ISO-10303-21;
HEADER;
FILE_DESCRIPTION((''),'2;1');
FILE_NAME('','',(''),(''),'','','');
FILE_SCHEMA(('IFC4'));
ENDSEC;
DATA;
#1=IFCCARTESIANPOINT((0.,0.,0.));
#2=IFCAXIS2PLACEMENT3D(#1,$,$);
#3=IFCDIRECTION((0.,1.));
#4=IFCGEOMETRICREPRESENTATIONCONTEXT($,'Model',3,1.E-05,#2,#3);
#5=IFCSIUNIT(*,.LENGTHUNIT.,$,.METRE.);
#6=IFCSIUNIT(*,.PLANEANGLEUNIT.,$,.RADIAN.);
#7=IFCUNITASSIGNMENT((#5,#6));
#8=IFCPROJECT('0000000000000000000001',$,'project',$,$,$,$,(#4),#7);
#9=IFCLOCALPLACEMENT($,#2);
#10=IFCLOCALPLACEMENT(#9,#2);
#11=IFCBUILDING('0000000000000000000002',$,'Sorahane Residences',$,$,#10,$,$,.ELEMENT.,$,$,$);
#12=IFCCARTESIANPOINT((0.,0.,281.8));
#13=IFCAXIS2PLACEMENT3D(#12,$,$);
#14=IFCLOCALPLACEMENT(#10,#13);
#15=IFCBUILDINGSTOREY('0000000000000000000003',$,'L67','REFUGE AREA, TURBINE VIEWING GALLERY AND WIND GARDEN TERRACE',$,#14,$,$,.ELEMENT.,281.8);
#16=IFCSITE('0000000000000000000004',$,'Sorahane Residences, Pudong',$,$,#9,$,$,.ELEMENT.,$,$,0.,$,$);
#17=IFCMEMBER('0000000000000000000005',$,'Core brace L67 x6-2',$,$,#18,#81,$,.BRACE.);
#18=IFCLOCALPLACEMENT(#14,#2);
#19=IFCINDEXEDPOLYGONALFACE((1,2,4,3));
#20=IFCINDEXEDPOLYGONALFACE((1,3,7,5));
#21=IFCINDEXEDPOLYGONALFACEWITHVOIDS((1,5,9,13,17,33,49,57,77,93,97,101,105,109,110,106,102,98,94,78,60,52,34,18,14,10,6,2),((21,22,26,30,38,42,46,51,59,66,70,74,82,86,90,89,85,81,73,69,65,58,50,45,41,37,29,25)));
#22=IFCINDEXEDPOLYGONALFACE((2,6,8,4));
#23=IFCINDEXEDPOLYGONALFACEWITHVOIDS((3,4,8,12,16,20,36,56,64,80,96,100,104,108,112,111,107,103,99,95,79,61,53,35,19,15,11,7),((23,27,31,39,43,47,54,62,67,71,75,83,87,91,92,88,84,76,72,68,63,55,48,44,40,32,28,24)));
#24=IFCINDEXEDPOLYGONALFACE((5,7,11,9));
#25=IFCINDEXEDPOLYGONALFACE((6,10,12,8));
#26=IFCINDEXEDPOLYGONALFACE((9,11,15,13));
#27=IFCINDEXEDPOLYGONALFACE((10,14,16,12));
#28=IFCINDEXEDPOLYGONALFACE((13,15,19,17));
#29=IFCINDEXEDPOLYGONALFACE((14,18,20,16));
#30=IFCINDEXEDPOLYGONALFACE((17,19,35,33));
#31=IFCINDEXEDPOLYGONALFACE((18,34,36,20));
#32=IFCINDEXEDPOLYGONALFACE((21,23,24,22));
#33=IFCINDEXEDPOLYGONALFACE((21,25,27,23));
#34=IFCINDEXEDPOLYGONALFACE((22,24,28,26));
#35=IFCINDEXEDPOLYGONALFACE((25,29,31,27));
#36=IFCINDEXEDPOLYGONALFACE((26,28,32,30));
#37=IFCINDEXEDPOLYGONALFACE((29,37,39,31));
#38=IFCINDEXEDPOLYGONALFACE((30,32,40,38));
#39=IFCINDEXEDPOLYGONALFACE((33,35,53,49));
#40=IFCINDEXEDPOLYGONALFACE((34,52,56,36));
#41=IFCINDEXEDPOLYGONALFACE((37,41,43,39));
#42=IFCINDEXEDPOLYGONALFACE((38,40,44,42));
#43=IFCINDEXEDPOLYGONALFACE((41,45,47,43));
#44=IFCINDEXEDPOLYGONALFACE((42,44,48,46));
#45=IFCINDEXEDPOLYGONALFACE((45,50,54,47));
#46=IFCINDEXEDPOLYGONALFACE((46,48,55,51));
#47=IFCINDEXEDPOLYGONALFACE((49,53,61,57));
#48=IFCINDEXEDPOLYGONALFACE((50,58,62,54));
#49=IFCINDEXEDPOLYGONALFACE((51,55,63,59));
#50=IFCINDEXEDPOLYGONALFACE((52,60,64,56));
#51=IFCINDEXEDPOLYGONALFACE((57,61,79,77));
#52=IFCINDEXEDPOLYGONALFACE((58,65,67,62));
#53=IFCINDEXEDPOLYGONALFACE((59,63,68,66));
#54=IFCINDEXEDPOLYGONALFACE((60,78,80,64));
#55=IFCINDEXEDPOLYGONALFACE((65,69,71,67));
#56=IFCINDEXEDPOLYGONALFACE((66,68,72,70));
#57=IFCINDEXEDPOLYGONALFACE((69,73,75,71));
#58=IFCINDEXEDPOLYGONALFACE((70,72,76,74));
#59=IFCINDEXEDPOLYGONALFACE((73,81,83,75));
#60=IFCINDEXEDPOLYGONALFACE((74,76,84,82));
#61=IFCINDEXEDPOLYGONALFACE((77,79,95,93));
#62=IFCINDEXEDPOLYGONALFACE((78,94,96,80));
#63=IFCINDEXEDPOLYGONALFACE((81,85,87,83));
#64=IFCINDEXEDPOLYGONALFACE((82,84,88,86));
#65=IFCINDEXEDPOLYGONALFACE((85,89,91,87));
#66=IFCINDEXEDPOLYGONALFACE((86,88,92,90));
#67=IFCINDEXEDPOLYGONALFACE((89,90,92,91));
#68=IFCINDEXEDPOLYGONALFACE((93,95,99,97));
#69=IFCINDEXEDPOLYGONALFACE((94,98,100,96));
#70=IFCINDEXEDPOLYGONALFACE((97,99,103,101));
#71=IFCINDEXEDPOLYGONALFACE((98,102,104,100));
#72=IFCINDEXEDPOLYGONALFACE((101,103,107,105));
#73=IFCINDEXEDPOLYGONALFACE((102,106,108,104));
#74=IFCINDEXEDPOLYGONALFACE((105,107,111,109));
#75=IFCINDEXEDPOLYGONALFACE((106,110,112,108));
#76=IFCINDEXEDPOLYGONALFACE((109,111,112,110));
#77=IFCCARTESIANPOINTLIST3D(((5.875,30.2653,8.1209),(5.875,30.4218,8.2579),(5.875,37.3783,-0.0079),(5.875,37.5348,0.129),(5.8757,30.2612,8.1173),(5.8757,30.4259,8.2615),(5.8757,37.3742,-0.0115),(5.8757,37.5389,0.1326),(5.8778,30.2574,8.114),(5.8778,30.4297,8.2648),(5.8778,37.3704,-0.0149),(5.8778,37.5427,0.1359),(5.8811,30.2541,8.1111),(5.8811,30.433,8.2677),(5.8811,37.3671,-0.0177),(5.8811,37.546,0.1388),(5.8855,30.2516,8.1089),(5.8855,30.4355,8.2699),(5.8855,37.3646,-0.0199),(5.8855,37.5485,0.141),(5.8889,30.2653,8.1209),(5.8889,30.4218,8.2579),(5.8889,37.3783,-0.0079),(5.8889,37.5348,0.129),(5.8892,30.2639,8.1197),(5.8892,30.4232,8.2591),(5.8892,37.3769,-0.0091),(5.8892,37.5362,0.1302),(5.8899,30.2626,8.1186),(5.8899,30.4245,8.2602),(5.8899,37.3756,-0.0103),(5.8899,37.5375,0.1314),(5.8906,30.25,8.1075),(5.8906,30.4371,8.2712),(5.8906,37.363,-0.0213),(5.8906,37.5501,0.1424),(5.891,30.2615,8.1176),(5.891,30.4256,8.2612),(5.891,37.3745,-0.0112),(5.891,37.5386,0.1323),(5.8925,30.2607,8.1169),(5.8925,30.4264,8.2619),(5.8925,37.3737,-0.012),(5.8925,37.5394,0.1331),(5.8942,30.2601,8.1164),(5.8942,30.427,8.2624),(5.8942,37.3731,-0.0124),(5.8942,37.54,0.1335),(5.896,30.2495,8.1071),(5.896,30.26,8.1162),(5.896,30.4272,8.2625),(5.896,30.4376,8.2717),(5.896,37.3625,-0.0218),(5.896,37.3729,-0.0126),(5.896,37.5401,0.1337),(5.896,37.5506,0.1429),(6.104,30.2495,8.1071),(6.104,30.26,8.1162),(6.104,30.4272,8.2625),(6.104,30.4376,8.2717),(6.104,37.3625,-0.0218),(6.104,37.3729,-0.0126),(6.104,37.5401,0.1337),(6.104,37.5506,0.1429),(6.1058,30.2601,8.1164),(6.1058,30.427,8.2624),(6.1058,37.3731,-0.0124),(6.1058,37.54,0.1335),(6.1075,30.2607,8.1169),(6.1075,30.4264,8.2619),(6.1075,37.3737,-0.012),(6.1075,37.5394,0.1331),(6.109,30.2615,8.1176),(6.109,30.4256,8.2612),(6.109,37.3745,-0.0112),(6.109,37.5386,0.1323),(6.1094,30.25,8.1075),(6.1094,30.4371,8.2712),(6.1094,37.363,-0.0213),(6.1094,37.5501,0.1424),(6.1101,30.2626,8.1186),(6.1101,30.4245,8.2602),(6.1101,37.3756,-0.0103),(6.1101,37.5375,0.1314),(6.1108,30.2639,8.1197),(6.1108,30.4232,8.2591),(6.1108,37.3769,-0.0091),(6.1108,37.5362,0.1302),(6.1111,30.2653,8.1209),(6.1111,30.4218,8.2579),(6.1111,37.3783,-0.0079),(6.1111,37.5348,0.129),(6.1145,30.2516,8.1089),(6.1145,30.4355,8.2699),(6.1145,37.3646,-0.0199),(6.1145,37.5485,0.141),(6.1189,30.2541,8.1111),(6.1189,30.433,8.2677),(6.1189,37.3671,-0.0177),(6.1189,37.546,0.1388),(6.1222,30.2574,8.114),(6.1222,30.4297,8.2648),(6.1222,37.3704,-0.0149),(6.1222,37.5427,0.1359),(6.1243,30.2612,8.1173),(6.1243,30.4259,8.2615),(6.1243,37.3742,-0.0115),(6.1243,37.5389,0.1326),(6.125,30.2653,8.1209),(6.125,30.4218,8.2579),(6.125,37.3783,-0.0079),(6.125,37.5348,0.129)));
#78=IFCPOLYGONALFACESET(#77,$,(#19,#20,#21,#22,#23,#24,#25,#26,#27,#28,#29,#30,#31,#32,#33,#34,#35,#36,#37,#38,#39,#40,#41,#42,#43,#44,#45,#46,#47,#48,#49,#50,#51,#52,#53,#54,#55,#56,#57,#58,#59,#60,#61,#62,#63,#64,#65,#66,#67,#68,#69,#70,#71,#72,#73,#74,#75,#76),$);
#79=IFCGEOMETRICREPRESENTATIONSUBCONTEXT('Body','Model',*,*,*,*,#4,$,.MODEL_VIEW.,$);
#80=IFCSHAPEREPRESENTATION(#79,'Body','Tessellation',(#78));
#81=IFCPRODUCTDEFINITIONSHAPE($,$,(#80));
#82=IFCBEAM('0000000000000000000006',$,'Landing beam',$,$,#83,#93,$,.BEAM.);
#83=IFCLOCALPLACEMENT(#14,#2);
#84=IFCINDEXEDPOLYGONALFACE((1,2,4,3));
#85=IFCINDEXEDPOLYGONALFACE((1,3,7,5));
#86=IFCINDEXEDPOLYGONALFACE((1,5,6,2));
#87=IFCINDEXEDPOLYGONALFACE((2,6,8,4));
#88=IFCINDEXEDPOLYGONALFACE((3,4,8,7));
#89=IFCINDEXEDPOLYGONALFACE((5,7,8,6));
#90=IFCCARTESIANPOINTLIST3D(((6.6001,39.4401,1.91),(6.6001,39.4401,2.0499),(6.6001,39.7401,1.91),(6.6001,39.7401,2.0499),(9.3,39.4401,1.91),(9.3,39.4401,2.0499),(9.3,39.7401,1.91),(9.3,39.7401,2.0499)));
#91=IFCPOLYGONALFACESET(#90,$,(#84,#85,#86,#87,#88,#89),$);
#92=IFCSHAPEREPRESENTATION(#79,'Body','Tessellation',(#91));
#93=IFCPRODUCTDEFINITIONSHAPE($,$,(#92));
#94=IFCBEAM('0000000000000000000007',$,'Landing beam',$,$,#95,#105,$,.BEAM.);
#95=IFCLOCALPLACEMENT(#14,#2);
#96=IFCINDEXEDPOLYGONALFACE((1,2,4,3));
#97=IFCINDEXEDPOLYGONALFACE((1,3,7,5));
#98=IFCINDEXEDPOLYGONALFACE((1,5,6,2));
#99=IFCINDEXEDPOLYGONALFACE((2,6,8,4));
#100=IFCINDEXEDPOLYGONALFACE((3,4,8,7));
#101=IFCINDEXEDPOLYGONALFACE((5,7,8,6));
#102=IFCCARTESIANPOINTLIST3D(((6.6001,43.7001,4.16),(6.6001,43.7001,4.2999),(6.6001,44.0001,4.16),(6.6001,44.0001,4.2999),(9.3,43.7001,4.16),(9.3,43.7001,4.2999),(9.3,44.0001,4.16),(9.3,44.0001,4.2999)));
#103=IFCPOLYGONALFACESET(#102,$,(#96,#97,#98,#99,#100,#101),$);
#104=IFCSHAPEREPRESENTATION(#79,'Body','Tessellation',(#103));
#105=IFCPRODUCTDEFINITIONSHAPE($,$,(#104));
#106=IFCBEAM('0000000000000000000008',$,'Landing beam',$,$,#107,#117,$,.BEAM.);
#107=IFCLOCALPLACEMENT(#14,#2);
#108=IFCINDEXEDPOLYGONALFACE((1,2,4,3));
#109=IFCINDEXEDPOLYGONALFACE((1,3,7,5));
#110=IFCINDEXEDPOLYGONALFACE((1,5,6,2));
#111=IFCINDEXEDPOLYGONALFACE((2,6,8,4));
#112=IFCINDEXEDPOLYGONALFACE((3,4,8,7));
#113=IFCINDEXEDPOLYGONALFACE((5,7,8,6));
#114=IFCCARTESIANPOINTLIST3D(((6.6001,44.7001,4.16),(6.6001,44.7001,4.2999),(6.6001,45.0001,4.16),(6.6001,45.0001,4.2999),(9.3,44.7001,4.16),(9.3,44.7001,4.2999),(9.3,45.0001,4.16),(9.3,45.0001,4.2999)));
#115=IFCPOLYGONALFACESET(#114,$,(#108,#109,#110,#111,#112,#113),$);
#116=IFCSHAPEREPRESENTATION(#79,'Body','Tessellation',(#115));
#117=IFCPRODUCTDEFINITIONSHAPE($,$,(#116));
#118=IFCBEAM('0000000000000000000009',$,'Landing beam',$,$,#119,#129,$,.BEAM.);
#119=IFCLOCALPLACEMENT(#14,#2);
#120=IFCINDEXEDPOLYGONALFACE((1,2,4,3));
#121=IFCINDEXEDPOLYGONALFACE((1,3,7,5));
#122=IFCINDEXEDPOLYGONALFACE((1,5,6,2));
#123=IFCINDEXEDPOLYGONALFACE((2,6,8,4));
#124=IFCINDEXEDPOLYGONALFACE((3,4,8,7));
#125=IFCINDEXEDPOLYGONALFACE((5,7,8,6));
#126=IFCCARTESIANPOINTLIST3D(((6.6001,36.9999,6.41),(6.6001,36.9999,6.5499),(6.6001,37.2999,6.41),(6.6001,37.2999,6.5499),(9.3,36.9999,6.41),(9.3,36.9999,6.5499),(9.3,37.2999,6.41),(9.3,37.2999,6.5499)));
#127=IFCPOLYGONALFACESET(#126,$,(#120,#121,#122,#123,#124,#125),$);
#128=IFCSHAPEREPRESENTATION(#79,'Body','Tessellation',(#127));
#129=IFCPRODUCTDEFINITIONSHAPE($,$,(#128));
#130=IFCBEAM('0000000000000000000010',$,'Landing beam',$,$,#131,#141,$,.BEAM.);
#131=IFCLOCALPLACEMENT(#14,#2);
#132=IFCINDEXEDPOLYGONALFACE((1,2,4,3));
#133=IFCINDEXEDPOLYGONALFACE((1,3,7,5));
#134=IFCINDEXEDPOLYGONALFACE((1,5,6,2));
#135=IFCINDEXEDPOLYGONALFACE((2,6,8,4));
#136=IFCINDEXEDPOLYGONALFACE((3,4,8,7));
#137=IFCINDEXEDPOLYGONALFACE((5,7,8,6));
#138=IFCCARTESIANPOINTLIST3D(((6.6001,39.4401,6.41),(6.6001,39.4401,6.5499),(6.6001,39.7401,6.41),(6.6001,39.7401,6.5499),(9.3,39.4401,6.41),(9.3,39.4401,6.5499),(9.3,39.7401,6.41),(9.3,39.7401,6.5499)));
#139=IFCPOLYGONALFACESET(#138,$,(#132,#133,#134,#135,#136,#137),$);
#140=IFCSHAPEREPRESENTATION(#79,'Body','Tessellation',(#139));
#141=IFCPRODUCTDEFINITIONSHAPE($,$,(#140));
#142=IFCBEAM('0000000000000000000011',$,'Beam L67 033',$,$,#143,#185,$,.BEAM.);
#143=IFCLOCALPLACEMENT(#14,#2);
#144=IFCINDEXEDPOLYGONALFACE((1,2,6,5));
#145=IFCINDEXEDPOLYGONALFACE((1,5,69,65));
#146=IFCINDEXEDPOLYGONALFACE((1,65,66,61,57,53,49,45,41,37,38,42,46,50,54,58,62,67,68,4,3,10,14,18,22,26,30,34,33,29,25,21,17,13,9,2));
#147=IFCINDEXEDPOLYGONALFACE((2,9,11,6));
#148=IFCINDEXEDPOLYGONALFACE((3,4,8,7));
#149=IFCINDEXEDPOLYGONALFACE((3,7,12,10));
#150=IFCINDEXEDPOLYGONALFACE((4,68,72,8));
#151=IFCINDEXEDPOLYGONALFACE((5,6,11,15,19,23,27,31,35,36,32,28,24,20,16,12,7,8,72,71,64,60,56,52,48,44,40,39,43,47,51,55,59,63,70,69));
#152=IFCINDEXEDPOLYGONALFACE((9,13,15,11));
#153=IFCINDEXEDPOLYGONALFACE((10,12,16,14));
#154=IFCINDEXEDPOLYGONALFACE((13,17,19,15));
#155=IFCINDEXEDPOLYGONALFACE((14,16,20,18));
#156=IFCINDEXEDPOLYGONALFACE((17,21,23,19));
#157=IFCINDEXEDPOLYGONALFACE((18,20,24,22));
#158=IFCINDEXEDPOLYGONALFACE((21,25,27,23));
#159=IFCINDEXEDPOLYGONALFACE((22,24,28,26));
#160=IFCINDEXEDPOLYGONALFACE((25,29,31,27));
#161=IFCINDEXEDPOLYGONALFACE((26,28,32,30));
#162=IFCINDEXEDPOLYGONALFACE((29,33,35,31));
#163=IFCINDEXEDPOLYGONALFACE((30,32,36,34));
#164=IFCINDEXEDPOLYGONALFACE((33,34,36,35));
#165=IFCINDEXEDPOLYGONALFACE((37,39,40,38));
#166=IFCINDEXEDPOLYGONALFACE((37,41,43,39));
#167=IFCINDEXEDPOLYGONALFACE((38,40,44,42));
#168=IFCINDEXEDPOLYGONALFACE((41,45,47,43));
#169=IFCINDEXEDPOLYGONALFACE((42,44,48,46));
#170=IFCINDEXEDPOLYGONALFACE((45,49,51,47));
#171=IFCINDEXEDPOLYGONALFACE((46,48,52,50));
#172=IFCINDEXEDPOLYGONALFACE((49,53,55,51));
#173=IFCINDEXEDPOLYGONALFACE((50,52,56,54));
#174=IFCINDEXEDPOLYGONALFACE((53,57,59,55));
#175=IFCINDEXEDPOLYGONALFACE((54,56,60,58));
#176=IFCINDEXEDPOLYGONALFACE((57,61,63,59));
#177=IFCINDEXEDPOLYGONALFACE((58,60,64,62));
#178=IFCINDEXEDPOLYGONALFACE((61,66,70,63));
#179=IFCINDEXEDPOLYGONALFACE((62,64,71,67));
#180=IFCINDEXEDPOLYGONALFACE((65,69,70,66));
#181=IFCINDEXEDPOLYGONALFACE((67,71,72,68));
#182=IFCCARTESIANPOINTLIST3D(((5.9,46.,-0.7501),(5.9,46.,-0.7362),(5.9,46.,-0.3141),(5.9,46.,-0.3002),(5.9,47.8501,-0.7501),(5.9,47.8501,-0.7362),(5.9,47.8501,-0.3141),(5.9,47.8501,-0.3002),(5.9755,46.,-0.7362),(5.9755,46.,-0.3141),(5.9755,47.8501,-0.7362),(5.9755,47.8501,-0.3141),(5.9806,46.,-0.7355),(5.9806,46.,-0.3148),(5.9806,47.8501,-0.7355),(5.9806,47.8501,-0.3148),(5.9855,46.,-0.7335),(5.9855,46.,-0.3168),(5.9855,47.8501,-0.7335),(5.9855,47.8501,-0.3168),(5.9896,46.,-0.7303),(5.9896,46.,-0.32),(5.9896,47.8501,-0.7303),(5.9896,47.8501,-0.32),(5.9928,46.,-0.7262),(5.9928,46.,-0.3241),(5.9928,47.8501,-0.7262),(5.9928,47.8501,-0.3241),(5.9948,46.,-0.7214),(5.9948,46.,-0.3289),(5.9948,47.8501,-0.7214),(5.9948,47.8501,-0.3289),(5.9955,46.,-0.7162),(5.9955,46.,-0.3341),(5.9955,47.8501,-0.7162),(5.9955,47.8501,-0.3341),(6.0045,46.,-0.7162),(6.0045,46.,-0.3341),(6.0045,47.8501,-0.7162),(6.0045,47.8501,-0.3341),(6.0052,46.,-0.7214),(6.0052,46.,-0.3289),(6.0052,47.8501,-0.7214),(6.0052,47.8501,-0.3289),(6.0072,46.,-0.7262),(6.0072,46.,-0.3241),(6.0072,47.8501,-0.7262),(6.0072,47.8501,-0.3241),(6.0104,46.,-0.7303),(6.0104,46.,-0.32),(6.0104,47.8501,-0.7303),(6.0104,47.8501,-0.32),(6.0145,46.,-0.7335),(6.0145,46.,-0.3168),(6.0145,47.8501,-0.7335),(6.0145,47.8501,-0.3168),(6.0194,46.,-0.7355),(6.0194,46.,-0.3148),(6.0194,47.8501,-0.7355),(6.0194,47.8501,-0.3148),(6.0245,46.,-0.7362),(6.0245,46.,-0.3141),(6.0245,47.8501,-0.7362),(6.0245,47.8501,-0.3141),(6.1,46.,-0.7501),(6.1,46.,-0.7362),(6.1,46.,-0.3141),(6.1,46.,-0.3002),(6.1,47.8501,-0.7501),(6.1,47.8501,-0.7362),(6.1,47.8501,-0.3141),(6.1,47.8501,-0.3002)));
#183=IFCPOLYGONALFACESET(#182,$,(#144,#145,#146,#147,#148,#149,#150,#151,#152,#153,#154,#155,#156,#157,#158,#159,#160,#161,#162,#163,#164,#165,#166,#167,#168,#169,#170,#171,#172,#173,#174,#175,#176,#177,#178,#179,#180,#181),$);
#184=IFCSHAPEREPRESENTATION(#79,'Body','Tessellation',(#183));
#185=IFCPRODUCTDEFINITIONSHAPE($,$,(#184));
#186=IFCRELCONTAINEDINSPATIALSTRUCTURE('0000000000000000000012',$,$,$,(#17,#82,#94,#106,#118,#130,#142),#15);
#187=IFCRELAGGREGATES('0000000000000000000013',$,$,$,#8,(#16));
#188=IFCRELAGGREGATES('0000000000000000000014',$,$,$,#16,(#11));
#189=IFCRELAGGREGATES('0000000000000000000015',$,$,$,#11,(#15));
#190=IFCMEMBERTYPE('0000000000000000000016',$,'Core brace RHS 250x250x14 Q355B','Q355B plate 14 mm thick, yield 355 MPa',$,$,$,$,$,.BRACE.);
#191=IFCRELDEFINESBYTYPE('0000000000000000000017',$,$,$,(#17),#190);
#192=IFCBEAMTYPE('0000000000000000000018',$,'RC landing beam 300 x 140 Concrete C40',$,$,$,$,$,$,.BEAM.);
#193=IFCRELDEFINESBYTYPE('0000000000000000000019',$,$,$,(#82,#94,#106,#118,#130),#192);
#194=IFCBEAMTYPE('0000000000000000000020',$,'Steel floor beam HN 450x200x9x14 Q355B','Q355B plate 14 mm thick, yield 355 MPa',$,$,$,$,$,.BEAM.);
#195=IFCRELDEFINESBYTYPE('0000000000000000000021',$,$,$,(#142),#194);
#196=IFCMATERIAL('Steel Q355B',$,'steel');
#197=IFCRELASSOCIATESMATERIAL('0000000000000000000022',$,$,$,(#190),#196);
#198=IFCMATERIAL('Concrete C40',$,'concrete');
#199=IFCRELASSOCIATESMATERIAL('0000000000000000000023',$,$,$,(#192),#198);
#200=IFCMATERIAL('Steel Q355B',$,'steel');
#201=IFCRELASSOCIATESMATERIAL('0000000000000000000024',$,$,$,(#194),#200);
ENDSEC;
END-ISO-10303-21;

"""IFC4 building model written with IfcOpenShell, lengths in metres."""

from ifc_helpers import new_model, si_unit, direction, frame, origin, origin_2d, place, context, subcontext, project, spatial, rectangle, hollow_rectangle, i_section, extrude, material, material_profile, profile_set, type_object, element, save


model = new_model("IFC4")

# Units and contexts
model_context = context("Model", 3, precision=1e-05, world=origin(), true_north=direction((0.0, 1.0)))
body_context = subcontext(model_context, "Body", "Model", "MODEL_VIEW")
ifc_project = project(units=[si_unit("LENGTHUNIT", "METRE"), si_unit("PLANEANGLEUNIT", "RADIAN")], contexts=[model_context])

# Site, building, storey
site_placement = place(None, origin())
site = spatial("IfcSite", under=ifc_project, at=site_placement, Name="Sorahane Residences, Pudong", CompositionType="ELEMENT", RefElevation=0.0)
building_placement = place(site_placement, origin())
building = spatial("IfcBuilding", under=site, at=building_placement, Name="Sorahane Residences", CompositionType="ELEMENT")
storey_placement = place(building_placement, frame((0.0, 0.0, 281.8)))
storey = spatial("IfcBuildingStorey", under=building, at=storey_placement, Name="L67", Description="REFUGE AREA, TURBINE VIEWING GALLERY AND WIND GARDEN TERRACE", CompositionType="ELEMENT", Elevation=281.8)

# Member
ifc_material_1 = material(Name="Steel Q355B", Category="steel")
ifc_material_profile_1 = material_profile(ifc_material_1, hollow_rectangle(XDim=0.25, YDim=0.25, WallThickness=0.0139, InnerFilletRadius=0.0071, OuterFilletRadius=0.021, at=origin_2d()), Name="RHS 250x250x14")
ifc_profile_set_1 = profile_set([ifc_material_profile_1], Name="Steel Q355B")
member_type = type_object("IfcMemberType", Name="Core brace RHS 250x250x14 Q355B", Description="Q355B plate 14 mm thick, yield 355 MPa", PredefinedType="BRACE", material=ifc_profile_set_1)
member_1_placement = place(storey_placement, frame((6.0, 37.4565, 0.0605), z_axis=(0.0, -0.658517, 0.752565), x_axis=(1.0, 0.0, 0.0)))
element("IfcMember", 1, at=member_1_placement, inside=storey, type_object=member_type, Name="Core brace L67 x6-2", PredefinedType="BRACE", context=body_context, shape_type="SweptSolid", body=[
    extrude(hollow_rectangle(XDim=0.25, YDim=0.25, WallThickness=0.0139, InnerFilletRadius=0.0071, OuterFilletRadius=0.021, at=origin_2d()), origin(), (0.0, 0.0, 1.0), 10.8015),
])

# Beams
ifc_material_2 = material(Name="Concrete C40", Category="concrete")
ifc_material_profile_2 = material_profile(ifc_material_2, rectangle(XDim=0.3, YDim=0.1399, at=origin_2d()), Name="300x140")
ifc_profile_set_2 = profile_set([ifc_material_profile_2], Name="Concrete C40")
beam_type_1 = type_object("IfcBeamType", Name="RC landing beam 300 x 140 Concrete C40", PredefinedType="BEAM", material=ifc_profile_set_2)
for number, where, z_axis, x_axis, name in (
    (2, (6.6001, 39.5901, 1.98), (1.0, 0.0, 0.0), (0.0, 1.0, 0.0), "Landing beam"),
    (3, (6.6001, 43.8501, 4.23), (1.0, 0.0, 0.0), (0.0, 1.0, 0.0), "Landing beam"),
    (4, (6.6001, 44.8501, 4.23), (1.0, 0.0, 0.0), (0.0, 1.0, 0.0), "Landing beam"),
    (5, (6.6001, 37.1499, 6.48), (1.0, 0.0, 0.0), (0.0, 1.0, 0.0), "Landing beam"),
    (6, (6.6001, 39.5901, 6.48), (1.0, 0.0, 0.0), (0.0, 1.0, 0.0), "Landing beam"),
):
    element("IfcBeam", number, at=place(storey_placement, frame(where, z_axis=z_axis, x_axis=x_axis)), inside=storey, type_object=beam_type_1, Name=name, PredefinedType="BEAM", context=body_context, shape_type="SweptSolid", body=[
        extrude(rectangle(XDim=0.3, YDim=0.1399, at=origin_2d()), origin(), (0.0, 0.0, 1.0), 2.7),
    ])
ifc_material_3 = material(Name="Steel Q355B", Category="steel")
ifc_material_profile_3 = material_profile(ifc_material_3, i_section(OverallWidth=0.2, OverallDepth=0.45, WebThickness=0.009, FlangeThickness=0.0139, FilletRadius=0.02, at=origin_2d()), Name="HN 450x200x9x14")
ifc_profile_set_3 = profile_set([ifc_material_profile_3], Name="Steel Q355B")
beam_type_2 = type_object("IfcBeamType", Name="Steel floor beam HN 450x200x9x14 Q355B", Description="Q355B plate 14 mm thick, yield 355 MPa", PredefinedType="BEAM", material=ifc_profile_set_3)
beam_1_placement = place(storey_placement, frame((6.0, 46.0, -0.5251), z_axis=(0.0, 1.0, 0.0), x_axis=(-1.0, 0.0, 0.0)))
element("IfcBeam", 7, at=beam_1_placement, inside=storey, type_object=beam_type_2, Name="Beam L67 033", PredefinedType="BEAM", context=body_context, shape_type="SweptSolid", body=[
    extrude(i_section(OverallWidth=0.2, OverallDepth=0.45, WebThickness=0.009, FlangeThickness=0.0139, FilletRadius=0.02, at=origin_2d()), origin(), (0.0, 0.0, 1.0), 1.8501),
])

save(model, "model.ifc")
